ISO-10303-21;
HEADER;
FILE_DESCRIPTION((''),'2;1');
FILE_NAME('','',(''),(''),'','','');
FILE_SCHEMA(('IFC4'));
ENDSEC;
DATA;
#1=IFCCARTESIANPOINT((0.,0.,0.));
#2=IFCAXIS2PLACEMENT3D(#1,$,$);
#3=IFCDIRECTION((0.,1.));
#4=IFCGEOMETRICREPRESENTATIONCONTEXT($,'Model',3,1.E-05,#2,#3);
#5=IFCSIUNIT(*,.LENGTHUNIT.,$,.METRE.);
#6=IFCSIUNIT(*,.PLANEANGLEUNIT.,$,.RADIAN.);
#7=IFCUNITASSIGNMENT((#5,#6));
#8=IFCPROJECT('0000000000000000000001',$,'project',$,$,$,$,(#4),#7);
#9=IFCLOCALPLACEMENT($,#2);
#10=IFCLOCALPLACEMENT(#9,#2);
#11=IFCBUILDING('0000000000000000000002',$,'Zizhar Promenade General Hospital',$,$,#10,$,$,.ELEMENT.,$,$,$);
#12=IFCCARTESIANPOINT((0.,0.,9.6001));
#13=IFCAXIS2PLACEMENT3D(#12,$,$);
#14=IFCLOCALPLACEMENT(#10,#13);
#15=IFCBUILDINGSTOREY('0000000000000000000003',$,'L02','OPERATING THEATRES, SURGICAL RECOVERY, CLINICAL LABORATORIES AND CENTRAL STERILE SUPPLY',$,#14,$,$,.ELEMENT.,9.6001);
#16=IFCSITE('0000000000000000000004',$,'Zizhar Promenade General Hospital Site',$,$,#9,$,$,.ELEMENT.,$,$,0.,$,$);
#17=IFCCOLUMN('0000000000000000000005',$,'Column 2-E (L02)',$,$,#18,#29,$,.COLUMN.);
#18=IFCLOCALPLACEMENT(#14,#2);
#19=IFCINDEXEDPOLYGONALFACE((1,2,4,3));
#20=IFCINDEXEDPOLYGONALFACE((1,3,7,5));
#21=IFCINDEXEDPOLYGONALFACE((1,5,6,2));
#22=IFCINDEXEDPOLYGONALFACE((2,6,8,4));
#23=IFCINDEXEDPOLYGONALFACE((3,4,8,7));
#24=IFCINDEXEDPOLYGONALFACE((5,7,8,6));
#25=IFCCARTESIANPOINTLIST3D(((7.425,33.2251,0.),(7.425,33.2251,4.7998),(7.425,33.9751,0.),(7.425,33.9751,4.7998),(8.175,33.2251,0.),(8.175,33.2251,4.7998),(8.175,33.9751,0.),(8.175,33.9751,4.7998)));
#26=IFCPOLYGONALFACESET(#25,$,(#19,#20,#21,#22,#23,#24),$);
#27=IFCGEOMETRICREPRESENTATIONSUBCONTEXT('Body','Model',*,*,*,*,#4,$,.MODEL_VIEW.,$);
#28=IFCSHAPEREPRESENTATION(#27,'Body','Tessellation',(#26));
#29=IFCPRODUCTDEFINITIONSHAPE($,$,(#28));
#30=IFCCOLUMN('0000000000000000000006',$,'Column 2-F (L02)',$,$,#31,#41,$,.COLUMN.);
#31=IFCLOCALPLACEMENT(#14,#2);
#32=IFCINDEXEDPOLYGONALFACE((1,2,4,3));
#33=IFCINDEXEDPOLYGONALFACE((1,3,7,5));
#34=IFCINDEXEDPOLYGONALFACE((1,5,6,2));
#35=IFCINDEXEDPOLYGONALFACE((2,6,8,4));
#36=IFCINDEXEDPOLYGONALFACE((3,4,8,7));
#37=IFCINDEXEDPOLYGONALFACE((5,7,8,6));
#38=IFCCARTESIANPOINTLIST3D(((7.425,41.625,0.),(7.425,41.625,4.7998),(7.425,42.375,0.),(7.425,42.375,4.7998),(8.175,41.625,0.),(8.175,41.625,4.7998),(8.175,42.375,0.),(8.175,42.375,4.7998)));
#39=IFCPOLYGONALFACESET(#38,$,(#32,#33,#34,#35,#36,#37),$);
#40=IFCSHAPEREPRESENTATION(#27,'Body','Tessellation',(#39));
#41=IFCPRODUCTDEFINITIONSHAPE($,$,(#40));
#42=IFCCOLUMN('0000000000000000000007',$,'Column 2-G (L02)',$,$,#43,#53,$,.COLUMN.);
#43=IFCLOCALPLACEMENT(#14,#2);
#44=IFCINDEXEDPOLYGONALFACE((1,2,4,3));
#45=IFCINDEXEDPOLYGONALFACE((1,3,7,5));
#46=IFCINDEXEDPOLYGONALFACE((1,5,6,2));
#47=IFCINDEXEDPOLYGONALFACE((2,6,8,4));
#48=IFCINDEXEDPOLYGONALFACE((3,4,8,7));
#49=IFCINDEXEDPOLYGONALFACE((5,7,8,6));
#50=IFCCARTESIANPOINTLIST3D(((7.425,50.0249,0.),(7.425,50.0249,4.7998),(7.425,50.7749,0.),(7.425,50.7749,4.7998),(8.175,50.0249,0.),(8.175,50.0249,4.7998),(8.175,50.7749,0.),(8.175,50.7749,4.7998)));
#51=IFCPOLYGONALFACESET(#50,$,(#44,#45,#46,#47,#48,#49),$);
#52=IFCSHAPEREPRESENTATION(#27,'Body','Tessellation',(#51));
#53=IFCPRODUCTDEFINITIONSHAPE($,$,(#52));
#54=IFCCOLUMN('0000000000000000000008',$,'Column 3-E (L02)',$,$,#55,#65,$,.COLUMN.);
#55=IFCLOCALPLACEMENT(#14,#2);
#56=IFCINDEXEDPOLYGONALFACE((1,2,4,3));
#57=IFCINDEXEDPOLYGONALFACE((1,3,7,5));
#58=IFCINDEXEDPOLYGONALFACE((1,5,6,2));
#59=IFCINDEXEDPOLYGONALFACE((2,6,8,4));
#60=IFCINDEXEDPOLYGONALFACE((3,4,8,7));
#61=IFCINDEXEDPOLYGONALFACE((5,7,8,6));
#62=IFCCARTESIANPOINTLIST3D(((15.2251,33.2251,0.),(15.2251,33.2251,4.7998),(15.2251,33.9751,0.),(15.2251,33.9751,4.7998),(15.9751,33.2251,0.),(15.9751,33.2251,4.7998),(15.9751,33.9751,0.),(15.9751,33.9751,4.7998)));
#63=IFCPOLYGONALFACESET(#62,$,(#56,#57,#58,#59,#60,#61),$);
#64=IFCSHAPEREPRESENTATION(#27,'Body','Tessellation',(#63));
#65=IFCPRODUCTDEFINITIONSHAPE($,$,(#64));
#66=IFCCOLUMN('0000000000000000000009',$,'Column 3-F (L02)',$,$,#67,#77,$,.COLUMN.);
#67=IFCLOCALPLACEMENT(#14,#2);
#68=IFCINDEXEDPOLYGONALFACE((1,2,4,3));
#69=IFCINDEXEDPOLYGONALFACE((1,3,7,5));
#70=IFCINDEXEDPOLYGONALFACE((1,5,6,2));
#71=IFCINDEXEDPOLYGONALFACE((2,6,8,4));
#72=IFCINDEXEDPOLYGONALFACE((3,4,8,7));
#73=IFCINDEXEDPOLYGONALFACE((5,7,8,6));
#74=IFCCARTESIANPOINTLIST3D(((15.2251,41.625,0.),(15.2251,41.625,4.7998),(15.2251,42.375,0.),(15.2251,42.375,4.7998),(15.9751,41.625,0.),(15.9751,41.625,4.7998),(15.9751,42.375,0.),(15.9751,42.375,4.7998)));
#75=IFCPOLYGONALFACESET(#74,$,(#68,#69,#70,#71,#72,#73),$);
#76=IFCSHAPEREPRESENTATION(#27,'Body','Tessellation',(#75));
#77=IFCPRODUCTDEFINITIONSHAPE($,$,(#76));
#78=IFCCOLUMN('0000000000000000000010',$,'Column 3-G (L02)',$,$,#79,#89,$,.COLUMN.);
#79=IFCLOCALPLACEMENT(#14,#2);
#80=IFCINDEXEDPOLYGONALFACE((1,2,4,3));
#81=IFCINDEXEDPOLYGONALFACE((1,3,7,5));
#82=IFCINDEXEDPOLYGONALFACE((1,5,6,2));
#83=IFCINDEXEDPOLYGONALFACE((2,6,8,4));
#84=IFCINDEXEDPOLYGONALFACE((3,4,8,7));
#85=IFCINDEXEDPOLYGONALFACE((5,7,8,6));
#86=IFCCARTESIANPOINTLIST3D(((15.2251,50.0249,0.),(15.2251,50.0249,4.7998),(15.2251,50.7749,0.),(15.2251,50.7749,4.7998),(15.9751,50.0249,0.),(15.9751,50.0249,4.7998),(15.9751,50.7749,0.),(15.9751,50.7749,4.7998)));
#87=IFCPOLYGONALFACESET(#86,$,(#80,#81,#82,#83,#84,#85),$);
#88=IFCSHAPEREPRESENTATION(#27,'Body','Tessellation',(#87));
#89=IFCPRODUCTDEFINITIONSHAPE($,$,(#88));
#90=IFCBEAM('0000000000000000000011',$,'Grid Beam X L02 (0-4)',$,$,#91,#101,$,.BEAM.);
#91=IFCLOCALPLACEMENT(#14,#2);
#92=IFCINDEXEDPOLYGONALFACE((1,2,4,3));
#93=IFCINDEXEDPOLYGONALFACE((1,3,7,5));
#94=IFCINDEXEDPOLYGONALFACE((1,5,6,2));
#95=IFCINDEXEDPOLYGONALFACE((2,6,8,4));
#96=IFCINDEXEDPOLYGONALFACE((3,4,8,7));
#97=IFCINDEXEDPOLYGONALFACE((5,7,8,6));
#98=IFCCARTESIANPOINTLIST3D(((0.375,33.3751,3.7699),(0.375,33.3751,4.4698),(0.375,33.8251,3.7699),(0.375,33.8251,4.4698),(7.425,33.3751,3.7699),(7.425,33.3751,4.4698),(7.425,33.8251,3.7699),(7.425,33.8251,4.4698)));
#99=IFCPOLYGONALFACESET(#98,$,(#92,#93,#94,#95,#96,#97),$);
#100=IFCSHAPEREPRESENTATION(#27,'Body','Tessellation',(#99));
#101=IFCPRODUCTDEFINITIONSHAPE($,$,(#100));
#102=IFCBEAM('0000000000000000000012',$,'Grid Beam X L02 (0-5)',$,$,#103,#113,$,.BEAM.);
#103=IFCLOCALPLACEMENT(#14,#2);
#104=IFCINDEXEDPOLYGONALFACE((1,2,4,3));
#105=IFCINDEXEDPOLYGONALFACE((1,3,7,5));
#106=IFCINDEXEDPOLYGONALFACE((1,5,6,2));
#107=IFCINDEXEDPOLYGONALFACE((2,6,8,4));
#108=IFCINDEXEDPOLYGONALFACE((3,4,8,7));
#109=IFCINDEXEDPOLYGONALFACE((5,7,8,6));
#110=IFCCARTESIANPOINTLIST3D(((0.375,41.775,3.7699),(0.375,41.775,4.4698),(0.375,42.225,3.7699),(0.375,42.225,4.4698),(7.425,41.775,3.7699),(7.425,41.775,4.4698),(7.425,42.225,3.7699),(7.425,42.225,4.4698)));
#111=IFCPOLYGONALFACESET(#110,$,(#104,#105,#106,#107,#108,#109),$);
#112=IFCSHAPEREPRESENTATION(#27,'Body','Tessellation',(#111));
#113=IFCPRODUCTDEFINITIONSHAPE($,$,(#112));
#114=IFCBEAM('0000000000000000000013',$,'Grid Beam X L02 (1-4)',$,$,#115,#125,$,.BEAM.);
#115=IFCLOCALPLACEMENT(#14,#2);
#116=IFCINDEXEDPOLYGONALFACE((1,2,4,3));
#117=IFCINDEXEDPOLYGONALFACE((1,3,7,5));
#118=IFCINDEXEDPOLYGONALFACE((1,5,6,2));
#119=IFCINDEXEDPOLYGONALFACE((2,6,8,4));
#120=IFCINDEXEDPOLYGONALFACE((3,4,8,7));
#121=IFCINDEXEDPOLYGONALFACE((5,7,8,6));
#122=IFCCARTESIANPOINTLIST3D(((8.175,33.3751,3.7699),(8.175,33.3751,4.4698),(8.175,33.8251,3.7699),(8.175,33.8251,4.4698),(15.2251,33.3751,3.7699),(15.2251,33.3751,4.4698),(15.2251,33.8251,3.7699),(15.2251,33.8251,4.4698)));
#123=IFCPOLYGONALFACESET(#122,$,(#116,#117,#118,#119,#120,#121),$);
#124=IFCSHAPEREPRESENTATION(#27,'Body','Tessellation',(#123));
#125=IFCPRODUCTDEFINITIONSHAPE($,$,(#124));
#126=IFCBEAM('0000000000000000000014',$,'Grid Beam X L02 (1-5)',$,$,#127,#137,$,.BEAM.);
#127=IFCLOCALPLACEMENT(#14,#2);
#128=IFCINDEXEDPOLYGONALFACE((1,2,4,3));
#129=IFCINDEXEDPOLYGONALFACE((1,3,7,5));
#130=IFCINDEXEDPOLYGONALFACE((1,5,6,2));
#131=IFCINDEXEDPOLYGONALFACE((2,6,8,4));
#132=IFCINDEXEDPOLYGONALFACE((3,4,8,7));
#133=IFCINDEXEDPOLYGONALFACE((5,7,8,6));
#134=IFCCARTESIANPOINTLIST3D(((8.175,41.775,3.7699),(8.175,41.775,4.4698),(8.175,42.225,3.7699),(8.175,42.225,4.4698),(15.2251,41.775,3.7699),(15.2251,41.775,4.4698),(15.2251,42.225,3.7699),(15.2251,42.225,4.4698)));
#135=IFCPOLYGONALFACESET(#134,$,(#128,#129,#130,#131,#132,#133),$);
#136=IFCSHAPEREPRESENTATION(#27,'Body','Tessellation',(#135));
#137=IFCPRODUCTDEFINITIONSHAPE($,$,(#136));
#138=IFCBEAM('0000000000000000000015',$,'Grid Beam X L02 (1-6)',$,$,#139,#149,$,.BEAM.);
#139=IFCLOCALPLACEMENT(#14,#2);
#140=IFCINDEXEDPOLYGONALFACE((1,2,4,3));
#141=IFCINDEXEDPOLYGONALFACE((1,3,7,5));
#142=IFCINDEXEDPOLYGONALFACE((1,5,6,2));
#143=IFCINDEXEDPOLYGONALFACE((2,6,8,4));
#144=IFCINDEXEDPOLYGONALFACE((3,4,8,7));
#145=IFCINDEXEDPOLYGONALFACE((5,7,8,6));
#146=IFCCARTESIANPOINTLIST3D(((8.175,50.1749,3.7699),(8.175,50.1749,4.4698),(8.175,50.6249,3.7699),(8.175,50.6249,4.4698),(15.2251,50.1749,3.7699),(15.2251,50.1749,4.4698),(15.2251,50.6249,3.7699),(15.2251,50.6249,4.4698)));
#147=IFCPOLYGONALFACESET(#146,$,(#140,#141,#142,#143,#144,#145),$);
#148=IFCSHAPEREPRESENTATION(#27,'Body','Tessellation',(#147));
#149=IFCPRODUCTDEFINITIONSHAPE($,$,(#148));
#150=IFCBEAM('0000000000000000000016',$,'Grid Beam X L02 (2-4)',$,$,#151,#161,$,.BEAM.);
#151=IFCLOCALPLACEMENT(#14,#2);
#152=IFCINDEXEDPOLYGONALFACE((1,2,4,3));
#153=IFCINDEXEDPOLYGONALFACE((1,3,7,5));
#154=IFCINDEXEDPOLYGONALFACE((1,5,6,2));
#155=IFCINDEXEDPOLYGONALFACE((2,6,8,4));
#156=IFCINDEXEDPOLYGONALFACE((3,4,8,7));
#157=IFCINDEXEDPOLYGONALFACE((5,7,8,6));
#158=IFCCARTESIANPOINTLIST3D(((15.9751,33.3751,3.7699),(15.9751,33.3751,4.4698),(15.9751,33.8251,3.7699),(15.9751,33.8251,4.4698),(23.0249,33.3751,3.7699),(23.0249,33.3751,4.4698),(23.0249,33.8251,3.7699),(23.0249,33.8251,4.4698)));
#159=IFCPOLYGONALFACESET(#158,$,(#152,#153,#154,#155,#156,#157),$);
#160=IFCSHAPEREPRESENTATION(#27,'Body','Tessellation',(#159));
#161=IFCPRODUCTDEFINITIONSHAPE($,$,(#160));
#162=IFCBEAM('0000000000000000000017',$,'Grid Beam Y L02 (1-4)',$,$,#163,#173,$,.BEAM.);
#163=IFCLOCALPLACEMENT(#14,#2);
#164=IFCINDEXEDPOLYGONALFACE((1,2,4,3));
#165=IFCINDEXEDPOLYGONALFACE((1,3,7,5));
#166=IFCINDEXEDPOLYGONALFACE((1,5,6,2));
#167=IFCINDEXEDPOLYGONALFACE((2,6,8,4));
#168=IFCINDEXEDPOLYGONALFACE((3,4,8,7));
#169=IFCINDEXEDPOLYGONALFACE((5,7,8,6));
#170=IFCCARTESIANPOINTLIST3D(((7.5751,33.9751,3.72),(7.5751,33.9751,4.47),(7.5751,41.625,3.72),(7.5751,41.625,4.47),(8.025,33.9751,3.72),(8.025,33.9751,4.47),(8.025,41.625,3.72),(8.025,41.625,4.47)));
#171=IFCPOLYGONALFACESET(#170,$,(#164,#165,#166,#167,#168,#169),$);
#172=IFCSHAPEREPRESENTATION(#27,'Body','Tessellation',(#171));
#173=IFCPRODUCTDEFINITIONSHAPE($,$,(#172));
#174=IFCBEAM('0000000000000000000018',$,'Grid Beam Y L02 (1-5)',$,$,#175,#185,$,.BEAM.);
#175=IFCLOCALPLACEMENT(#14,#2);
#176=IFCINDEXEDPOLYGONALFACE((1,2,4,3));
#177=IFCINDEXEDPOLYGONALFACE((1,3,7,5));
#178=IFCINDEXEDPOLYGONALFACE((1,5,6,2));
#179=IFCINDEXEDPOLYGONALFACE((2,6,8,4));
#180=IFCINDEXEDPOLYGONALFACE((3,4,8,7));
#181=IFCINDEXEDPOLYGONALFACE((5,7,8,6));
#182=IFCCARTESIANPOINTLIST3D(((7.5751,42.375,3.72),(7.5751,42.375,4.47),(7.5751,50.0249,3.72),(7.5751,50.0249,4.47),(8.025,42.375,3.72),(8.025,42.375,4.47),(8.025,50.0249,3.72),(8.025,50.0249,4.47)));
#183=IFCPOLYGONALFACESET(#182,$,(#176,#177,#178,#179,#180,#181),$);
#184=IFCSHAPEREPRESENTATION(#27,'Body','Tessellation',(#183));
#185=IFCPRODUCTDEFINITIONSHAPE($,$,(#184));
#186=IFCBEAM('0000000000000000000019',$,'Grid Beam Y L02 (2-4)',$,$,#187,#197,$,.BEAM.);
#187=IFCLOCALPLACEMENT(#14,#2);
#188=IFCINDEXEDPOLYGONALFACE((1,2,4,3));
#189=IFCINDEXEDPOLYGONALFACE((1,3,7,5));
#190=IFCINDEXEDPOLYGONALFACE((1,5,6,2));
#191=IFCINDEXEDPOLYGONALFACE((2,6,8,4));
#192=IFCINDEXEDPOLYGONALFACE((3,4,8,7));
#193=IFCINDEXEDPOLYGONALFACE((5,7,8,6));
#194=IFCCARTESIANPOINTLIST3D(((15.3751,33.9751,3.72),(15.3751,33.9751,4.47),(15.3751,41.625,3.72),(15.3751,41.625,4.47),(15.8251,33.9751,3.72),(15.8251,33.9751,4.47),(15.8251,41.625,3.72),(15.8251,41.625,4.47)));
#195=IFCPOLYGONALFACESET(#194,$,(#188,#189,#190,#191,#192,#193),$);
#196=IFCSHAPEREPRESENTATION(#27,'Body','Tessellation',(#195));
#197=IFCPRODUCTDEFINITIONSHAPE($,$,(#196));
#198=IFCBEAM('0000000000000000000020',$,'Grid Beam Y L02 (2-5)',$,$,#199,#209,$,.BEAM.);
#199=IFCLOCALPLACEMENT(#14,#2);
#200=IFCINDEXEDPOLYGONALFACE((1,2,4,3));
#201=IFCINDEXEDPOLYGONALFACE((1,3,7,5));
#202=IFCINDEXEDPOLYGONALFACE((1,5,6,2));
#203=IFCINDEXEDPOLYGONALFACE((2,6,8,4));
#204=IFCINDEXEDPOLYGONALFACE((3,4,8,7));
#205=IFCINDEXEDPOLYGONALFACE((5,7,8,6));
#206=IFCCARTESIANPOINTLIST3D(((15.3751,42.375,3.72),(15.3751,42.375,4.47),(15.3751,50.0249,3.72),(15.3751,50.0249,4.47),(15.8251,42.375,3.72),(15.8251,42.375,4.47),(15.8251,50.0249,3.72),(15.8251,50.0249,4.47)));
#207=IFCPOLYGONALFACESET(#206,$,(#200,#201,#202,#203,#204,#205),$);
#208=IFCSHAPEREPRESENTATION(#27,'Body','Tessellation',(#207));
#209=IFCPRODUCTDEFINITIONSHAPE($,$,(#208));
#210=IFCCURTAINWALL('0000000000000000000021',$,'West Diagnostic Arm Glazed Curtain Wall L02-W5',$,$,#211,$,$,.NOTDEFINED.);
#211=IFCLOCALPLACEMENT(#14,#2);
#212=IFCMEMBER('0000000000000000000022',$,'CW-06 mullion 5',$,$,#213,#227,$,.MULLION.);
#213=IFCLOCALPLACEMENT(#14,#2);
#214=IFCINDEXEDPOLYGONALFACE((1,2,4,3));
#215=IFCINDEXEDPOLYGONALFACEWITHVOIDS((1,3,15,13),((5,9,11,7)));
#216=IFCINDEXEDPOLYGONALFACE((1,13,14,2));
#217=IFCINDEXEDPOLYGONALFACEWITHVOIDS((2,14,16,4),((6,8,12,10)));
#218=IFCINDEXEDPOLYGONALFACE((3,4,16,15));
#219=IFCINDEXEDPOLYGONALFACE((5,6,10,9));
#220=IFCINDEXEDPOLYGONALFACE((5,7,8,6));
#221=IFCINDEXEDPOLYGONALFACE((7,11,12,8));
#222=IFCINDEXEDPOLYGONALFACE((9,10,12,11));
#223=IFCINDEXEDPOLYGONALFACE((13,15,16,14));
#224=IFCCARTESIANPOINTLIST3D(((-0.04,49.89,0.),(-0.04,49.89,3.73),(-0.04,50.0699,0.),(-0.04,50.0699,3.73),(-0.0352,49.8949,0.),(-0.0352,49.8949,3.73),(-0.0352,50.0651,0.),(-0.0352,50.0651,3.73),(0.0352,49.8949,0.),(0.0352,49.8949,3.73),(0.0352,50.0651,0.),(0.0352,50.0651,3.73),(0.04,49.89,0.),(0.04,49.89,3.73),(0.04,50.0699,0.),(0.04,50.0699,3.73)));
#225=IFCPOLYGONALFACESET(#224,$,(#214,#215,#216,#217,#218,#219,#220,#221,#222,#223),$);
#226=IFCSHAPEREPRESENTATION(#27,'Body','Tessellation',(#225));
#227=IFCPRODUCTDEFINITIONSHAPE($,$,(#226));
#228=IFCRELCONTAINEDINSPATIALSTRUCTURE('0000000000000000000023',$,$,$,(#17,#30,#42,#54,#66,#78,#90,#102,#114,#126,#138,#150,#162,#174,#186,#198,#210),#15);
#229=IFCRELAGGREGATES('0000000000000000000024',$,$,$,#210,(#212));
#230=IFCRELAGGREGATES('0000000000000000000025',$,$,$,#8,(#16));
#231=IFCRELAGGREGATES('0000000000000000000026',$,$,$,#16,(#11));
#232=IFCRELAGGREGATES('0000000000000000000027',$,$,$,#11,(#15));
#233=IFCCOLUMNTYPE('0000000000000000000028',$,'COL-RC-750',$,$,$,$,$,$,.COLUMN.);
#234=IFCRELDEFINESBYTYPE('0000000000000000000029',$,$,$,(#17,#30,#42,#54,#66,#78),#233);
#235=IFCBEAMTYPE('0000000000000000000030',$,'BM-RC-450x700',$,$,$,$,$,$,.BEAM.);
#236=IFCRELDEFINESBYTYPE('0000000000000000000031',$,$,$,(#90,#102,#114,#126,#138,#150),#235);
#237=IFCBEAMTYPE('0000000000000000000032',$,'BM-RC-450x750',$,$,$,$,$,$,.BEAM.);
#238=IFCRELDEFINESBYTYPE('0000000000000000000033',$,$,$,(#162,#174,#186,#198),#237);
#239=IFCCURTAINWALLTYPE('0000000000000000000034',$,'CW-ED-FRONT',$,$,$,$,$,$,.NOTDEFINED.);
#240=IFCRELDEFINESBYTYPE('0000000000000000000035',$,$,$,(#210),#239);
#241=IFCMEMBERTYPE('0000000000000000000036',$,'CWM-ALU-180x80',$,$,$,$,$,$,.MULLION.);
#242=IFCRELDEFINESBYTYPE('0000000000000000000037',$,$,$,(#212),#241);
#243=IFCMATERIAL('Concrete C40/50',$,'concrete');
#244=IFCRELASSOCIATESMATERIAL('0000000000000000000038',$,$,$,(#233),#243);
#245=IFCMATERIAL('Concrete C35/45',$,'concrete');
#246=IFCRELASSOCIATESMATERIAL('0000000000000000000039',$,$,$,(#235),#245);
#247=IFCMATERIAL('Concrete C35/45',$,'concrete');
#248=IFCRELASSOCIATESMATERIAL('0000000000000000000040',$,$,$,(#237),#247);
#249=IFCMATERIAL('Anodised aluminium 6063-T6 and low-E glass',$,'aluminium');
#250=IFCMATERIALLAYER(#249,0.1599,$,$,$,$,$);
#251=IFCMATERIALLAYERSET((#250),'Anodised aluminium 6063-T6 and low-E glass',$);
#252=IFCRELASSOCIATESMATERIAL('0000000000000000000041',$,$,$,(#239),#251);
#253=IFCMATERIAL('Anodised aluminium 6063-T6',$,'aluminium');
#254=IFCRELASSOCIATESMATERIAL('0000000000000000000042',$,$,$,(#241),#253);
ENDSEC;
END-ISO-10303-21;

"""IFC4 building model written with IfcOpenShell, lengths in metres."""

from ifc_helpers import new_model, si_unit, direction, frame, origin, origin_2d, place, context, subcontext, project, spatial, rectangle, hollow_rectangle, extrude, material, layer, layer_set, material_profile, profile_set, type_object, element, aggregate, save


model = new_model("IFC4")

# Units and contexts
model_context = context("Model", 3, precision=1e-05, world=origin(), true_north=direction((0.0, 1.0)))
body_context = subcontext(model_context, "Body", "Model", "MODEL_VIEW")
ifc_project = project(units=[si_unit("LENGTHUNIT", "METRE"), si_unit("PLANEANGLEUNIT", "RADIAN")], contexts=[model_context])

# Site, building, storey
site_placement = place(None, origin())
site = spatial("IfcSite", under=ifc_project, at=site_placement, Name="Zizhar Promenade General Hospital Site", CompositionType="ELEMENT", RefElevation=0.0)
building_placement = place(site_placement, origin())
building = spatial("IfcBuilding", under=site, at=building_placement, Name="Zizhar Promenade General Hospital", CompositionType="ELEMENT")
storey_placement = place(building_placement, frame((0.0, 0.0, 9.6001)))
storey = spatial("IfcBuildingStorey", under=building, at=storey_placement, Name="L02", Description="OPERATING THEATRES, SURGICAL RECOVERY, CLINICAL LABORATORIES AND CENTRAL STERILE SUPPLY", CompositionType="ELEMENT", Elevation=9.6001)

# Columns
ifc_material_1 = material(Name="Concrete C40/50", Category="concrete")
ifc_material_profile_1 = material_profile(ifc_material_1, rectangle(XDim=0.75, YDim=0.75, at=origin_2d()))
ifc_profile_set_1 = profile_set([ifc_material_profile_1], Name="Concrete C40/50")
column_type = type_object("IfcColumnType", Name="COL-RC-750", PredefinedType="COLUMN", material=ifc_profile_set_1)
for number, where, z_axis, x_axis, name in (
    (1, (7.8, 33.6001, 0.0), (0.0, 0.0, 1.0), (1.0, 0.0, 0.0), "Column 2-E (L02)"),
    (2, (7.8, 42.0, 0.0), (0.0, 0.0, 1.0), (1.0, 0.0, 0.0), "Column 2-F (L02)"),
    (3, (7.8, 50.3999, 0.0), (0.0, 0.0, 1.0), (1.0, 0.0, 0.0), "Column 2-G (L02)"),
    (4, (15.6001, 33.6001, 0.0), (0.0, 0.0, 1.0), (1.0, 0.0, 0.0), "Column 3-E (L02)"),
    (5, (15.6001, 42.0, 0.0), (0.0, 0.0, 1.0), (1.0, 0.0, 0.0), "Column 3-F (L02)"),
    (6, (15.6001, 50.3999, 0.0), (0.0, 0.0, 1.0), (1.0, 0.0, 0.0), "Column 3-G (L02)"),
):
    element("IfcColumn", number, at=place(storey_placement, frame(where, z_axis=z_axis, x_axis=x_axis)), inside=storey, type_object=column_type, Name=name, PredefinedType="COLUMN", context=body_context, shape_type="SweptSolid", body=[
        extrude(rectangle(XDim=0.75, YDim=0.75, at=origin_2d()), origin(), (0.0, 0.0, 1.0), 4.7998),
    ])

# Beams
ifc_material_2 = material(Name="Concrete C35/45", Category="concrete")
ifc_material_profile_2 = material_profile(ifc_material_2, rectangle(XDim=0.45, YDim=0.7, at=origin_2d()))
ifc_profile_set_2 = profile_set([ifc_material_profile_2], Name="Concrete C35/45")
beam_type_1 = type_object("IfcBeamType", Name="BM-RC-450x700", PredefinedType="BEAM", material=ifc_profile_set_2)
for number, where, z_axis, x_axis, name in (
    (7, (0.375, 33.6001, 4.1199), (1.0, 0.0, 0.0), (0.0, 1.0, 0.0), "Grid Beam X L02 (0-4)"),
    (8, (0.375, 42.0, 4.1199), (1.0, 0.0, 0.0), (0.0, 1.0, 0.0), "Grid Beam X L02 (0-5)"),
    (9, (8.175, 33.6001, 4.1199), (1.0, 0.0, 0.0), (0.0, 1.0, 0.0), "Grid Beam X L02 (1-4)"),
    (10, (8.175, 42.0, 4.1199), (1.0, 0.0, 0.0), (0.0, 1.0, 0.0), "Grid Beam X L02 (1-5)"),
    (11, (8.175, 50.3999, 4.1199), (1.0, 0.0, 0.0), (0.0, 1.0, 0.0), "Grid Beam X L02 (1-6)"),
):
    element("IfcBeam", number, at=place(storey_placement, frame(where, z_axis=z_axis, x_axis=x_axis)), inside=storey, type_object=beam_type_1, Name=name, PredefinedType="BEAM", context=body_context, shape_type="SweptSolid", body=[
        extrude(rectangle(XDim=0.45, YDim=0.7, at=origin_2d()), origin(), (0.0, 0.0, 1.0), 7.05),
    ])
beam_placement = place(storey_placement, frame((15.9751, 33.6001, 4.1199), z_axis=(1.0, 0.0, 0.0), x_axis=(0.0, 1.0, 0.0)))
element("IfcBeam", 12, at=beam_placement, inside=storey, type_object=beam_type_1, Name="Grid Beam X L02 (2-4)", PredefinedType="BEAM", context=body_context, shape_type="SweptSolid", body=[
    extrude(rectangle(XDim=0.45, YDim=0.7, at=origin_2d()), origin(), (0.0, 0.0, 1.0), 7.0498),
])
ifc_material_3 = material(Name="Concrete C35/45", Category="concrete")
ifc_material_profile_3 = material_profile(ifc_material_3, rectangle(XDim=0.45, YDim=0.75, at=origin_2d()))
ifc_profile_set_3 = profile_set([ifc_material_profile_3], Name="Concrete C35/45")
beam_type_2 = type_object("IfcBeamType", Name="BM-RC-450x750", PredefinedType="BEAM", material=ifc_profile_set_3)
for number, where, z_axis, x_axis, name in (
    (13, (7.8, 33.9751, 4.095), (0.0, 1.0, 0.0), (-1.0, 0.0, 0.0), "Grid Beam Y L02 (1-4)"),
    (14, (7.8, 42.375, 4.095), (0.0, 1.0, 0.0), (-1.0, 0.0, 0.0), "Grid Beam Y L02 (1-5)"),
    (15, (15.6001, 33.9751, 4.095), (0.0, 1.0, 0.0), (-1.0, 0.0, 0.0), "Grid Beam Y L02 (2-4)"),
    (16, (15.6001, 42.375, 4.095), (0.0, 1.0, 0.0), (-1.0, 0.0, 0.0), "Grid Beam Y L02 (2-5)"),
):
    element("IfcBeam", number, at=place(storey_placement, frame(where, z_axis=z_axis, x_axis=x_axis)), inside=storey, type_object=beam_type_2, Name=name, PredefinedType="BEAM", context=body_context, shape_type="SweptSolid", body=[
        extrude(rectangle(XDim=0.45, YDim=0.75, at=origin_2d()), origin(), (0.0, 0.0, 1.0), 7.6499),
    ])

# Curtain wall, member
ifc_material_4 = material(Name="Anodised aluminium 6063-T6 and low-E glass", Category="aluminium")
ifc_layer_1 = layer(ifc_material_4, 0.1599)
ifc_layer_set_1 = layer_set([ifc_layer_1], Name="Anodised aluminium 6063-T6 and low-E glass")
curtain_wall_type = type_object("IfcCurtainWallType", Name="CW-ED-FRONT", PredefinedType="NOTDEFINED", material=ifc_layer_set_1)
curtain_wall_placement = place(storey_placement, origin())
curtain_wall = element("IfcCurtainWall", 17, at=curtain_wall_placement, inside=storey, type_object=curtain_wall_type, Name="West Diagnostic Arm Glazed Curtain Wall L02-W5", PredefinedType="NOTDEFINED")
ifc_material_5 = material(Name="Anodised aluminium 6063-T6", Category="aluminium")
ifc_material_profile_4 = material_profile(ifc_material_5, hollow_rectangle(XDim=0.0801, YDim=0.1799, WallThickness=0.0049, at=origin_2d()))
ifc_profile_set_4 = profile_set([ifc_material_profile_4], Name="Anodised aluminium 6063-T6")
member_type_1 = type_object("IfcMemberType", Name="CWM-ALU-180x80", PredefinedType="MULLION", material=ifc_profile_set_4)
member_1_placement = place(storey_placement, frame((0.0, 49.98, 0.0), z_axis=(0.0, 0.0, 1.0), x_axis=(-1.0, 0.0, 0.0)))
member_1 = element("IfcMember", 18, at=member_1_placement, type_object=member_type_1, Name="CW-06 mullion 5", PredefinedType="MULLION", context=body_context, shape_type="SweptSolid", body=[
    extrude(hollow_rectangle(XDim=0.0801, YDim=0.1799, WallThickness=0.0049, at=origin_2d()), origin(), (0.0, 0.0, 1.0), 3.73),
])
aggregate(curtain_wall, [member_1])

save(model, "model.ifc")
